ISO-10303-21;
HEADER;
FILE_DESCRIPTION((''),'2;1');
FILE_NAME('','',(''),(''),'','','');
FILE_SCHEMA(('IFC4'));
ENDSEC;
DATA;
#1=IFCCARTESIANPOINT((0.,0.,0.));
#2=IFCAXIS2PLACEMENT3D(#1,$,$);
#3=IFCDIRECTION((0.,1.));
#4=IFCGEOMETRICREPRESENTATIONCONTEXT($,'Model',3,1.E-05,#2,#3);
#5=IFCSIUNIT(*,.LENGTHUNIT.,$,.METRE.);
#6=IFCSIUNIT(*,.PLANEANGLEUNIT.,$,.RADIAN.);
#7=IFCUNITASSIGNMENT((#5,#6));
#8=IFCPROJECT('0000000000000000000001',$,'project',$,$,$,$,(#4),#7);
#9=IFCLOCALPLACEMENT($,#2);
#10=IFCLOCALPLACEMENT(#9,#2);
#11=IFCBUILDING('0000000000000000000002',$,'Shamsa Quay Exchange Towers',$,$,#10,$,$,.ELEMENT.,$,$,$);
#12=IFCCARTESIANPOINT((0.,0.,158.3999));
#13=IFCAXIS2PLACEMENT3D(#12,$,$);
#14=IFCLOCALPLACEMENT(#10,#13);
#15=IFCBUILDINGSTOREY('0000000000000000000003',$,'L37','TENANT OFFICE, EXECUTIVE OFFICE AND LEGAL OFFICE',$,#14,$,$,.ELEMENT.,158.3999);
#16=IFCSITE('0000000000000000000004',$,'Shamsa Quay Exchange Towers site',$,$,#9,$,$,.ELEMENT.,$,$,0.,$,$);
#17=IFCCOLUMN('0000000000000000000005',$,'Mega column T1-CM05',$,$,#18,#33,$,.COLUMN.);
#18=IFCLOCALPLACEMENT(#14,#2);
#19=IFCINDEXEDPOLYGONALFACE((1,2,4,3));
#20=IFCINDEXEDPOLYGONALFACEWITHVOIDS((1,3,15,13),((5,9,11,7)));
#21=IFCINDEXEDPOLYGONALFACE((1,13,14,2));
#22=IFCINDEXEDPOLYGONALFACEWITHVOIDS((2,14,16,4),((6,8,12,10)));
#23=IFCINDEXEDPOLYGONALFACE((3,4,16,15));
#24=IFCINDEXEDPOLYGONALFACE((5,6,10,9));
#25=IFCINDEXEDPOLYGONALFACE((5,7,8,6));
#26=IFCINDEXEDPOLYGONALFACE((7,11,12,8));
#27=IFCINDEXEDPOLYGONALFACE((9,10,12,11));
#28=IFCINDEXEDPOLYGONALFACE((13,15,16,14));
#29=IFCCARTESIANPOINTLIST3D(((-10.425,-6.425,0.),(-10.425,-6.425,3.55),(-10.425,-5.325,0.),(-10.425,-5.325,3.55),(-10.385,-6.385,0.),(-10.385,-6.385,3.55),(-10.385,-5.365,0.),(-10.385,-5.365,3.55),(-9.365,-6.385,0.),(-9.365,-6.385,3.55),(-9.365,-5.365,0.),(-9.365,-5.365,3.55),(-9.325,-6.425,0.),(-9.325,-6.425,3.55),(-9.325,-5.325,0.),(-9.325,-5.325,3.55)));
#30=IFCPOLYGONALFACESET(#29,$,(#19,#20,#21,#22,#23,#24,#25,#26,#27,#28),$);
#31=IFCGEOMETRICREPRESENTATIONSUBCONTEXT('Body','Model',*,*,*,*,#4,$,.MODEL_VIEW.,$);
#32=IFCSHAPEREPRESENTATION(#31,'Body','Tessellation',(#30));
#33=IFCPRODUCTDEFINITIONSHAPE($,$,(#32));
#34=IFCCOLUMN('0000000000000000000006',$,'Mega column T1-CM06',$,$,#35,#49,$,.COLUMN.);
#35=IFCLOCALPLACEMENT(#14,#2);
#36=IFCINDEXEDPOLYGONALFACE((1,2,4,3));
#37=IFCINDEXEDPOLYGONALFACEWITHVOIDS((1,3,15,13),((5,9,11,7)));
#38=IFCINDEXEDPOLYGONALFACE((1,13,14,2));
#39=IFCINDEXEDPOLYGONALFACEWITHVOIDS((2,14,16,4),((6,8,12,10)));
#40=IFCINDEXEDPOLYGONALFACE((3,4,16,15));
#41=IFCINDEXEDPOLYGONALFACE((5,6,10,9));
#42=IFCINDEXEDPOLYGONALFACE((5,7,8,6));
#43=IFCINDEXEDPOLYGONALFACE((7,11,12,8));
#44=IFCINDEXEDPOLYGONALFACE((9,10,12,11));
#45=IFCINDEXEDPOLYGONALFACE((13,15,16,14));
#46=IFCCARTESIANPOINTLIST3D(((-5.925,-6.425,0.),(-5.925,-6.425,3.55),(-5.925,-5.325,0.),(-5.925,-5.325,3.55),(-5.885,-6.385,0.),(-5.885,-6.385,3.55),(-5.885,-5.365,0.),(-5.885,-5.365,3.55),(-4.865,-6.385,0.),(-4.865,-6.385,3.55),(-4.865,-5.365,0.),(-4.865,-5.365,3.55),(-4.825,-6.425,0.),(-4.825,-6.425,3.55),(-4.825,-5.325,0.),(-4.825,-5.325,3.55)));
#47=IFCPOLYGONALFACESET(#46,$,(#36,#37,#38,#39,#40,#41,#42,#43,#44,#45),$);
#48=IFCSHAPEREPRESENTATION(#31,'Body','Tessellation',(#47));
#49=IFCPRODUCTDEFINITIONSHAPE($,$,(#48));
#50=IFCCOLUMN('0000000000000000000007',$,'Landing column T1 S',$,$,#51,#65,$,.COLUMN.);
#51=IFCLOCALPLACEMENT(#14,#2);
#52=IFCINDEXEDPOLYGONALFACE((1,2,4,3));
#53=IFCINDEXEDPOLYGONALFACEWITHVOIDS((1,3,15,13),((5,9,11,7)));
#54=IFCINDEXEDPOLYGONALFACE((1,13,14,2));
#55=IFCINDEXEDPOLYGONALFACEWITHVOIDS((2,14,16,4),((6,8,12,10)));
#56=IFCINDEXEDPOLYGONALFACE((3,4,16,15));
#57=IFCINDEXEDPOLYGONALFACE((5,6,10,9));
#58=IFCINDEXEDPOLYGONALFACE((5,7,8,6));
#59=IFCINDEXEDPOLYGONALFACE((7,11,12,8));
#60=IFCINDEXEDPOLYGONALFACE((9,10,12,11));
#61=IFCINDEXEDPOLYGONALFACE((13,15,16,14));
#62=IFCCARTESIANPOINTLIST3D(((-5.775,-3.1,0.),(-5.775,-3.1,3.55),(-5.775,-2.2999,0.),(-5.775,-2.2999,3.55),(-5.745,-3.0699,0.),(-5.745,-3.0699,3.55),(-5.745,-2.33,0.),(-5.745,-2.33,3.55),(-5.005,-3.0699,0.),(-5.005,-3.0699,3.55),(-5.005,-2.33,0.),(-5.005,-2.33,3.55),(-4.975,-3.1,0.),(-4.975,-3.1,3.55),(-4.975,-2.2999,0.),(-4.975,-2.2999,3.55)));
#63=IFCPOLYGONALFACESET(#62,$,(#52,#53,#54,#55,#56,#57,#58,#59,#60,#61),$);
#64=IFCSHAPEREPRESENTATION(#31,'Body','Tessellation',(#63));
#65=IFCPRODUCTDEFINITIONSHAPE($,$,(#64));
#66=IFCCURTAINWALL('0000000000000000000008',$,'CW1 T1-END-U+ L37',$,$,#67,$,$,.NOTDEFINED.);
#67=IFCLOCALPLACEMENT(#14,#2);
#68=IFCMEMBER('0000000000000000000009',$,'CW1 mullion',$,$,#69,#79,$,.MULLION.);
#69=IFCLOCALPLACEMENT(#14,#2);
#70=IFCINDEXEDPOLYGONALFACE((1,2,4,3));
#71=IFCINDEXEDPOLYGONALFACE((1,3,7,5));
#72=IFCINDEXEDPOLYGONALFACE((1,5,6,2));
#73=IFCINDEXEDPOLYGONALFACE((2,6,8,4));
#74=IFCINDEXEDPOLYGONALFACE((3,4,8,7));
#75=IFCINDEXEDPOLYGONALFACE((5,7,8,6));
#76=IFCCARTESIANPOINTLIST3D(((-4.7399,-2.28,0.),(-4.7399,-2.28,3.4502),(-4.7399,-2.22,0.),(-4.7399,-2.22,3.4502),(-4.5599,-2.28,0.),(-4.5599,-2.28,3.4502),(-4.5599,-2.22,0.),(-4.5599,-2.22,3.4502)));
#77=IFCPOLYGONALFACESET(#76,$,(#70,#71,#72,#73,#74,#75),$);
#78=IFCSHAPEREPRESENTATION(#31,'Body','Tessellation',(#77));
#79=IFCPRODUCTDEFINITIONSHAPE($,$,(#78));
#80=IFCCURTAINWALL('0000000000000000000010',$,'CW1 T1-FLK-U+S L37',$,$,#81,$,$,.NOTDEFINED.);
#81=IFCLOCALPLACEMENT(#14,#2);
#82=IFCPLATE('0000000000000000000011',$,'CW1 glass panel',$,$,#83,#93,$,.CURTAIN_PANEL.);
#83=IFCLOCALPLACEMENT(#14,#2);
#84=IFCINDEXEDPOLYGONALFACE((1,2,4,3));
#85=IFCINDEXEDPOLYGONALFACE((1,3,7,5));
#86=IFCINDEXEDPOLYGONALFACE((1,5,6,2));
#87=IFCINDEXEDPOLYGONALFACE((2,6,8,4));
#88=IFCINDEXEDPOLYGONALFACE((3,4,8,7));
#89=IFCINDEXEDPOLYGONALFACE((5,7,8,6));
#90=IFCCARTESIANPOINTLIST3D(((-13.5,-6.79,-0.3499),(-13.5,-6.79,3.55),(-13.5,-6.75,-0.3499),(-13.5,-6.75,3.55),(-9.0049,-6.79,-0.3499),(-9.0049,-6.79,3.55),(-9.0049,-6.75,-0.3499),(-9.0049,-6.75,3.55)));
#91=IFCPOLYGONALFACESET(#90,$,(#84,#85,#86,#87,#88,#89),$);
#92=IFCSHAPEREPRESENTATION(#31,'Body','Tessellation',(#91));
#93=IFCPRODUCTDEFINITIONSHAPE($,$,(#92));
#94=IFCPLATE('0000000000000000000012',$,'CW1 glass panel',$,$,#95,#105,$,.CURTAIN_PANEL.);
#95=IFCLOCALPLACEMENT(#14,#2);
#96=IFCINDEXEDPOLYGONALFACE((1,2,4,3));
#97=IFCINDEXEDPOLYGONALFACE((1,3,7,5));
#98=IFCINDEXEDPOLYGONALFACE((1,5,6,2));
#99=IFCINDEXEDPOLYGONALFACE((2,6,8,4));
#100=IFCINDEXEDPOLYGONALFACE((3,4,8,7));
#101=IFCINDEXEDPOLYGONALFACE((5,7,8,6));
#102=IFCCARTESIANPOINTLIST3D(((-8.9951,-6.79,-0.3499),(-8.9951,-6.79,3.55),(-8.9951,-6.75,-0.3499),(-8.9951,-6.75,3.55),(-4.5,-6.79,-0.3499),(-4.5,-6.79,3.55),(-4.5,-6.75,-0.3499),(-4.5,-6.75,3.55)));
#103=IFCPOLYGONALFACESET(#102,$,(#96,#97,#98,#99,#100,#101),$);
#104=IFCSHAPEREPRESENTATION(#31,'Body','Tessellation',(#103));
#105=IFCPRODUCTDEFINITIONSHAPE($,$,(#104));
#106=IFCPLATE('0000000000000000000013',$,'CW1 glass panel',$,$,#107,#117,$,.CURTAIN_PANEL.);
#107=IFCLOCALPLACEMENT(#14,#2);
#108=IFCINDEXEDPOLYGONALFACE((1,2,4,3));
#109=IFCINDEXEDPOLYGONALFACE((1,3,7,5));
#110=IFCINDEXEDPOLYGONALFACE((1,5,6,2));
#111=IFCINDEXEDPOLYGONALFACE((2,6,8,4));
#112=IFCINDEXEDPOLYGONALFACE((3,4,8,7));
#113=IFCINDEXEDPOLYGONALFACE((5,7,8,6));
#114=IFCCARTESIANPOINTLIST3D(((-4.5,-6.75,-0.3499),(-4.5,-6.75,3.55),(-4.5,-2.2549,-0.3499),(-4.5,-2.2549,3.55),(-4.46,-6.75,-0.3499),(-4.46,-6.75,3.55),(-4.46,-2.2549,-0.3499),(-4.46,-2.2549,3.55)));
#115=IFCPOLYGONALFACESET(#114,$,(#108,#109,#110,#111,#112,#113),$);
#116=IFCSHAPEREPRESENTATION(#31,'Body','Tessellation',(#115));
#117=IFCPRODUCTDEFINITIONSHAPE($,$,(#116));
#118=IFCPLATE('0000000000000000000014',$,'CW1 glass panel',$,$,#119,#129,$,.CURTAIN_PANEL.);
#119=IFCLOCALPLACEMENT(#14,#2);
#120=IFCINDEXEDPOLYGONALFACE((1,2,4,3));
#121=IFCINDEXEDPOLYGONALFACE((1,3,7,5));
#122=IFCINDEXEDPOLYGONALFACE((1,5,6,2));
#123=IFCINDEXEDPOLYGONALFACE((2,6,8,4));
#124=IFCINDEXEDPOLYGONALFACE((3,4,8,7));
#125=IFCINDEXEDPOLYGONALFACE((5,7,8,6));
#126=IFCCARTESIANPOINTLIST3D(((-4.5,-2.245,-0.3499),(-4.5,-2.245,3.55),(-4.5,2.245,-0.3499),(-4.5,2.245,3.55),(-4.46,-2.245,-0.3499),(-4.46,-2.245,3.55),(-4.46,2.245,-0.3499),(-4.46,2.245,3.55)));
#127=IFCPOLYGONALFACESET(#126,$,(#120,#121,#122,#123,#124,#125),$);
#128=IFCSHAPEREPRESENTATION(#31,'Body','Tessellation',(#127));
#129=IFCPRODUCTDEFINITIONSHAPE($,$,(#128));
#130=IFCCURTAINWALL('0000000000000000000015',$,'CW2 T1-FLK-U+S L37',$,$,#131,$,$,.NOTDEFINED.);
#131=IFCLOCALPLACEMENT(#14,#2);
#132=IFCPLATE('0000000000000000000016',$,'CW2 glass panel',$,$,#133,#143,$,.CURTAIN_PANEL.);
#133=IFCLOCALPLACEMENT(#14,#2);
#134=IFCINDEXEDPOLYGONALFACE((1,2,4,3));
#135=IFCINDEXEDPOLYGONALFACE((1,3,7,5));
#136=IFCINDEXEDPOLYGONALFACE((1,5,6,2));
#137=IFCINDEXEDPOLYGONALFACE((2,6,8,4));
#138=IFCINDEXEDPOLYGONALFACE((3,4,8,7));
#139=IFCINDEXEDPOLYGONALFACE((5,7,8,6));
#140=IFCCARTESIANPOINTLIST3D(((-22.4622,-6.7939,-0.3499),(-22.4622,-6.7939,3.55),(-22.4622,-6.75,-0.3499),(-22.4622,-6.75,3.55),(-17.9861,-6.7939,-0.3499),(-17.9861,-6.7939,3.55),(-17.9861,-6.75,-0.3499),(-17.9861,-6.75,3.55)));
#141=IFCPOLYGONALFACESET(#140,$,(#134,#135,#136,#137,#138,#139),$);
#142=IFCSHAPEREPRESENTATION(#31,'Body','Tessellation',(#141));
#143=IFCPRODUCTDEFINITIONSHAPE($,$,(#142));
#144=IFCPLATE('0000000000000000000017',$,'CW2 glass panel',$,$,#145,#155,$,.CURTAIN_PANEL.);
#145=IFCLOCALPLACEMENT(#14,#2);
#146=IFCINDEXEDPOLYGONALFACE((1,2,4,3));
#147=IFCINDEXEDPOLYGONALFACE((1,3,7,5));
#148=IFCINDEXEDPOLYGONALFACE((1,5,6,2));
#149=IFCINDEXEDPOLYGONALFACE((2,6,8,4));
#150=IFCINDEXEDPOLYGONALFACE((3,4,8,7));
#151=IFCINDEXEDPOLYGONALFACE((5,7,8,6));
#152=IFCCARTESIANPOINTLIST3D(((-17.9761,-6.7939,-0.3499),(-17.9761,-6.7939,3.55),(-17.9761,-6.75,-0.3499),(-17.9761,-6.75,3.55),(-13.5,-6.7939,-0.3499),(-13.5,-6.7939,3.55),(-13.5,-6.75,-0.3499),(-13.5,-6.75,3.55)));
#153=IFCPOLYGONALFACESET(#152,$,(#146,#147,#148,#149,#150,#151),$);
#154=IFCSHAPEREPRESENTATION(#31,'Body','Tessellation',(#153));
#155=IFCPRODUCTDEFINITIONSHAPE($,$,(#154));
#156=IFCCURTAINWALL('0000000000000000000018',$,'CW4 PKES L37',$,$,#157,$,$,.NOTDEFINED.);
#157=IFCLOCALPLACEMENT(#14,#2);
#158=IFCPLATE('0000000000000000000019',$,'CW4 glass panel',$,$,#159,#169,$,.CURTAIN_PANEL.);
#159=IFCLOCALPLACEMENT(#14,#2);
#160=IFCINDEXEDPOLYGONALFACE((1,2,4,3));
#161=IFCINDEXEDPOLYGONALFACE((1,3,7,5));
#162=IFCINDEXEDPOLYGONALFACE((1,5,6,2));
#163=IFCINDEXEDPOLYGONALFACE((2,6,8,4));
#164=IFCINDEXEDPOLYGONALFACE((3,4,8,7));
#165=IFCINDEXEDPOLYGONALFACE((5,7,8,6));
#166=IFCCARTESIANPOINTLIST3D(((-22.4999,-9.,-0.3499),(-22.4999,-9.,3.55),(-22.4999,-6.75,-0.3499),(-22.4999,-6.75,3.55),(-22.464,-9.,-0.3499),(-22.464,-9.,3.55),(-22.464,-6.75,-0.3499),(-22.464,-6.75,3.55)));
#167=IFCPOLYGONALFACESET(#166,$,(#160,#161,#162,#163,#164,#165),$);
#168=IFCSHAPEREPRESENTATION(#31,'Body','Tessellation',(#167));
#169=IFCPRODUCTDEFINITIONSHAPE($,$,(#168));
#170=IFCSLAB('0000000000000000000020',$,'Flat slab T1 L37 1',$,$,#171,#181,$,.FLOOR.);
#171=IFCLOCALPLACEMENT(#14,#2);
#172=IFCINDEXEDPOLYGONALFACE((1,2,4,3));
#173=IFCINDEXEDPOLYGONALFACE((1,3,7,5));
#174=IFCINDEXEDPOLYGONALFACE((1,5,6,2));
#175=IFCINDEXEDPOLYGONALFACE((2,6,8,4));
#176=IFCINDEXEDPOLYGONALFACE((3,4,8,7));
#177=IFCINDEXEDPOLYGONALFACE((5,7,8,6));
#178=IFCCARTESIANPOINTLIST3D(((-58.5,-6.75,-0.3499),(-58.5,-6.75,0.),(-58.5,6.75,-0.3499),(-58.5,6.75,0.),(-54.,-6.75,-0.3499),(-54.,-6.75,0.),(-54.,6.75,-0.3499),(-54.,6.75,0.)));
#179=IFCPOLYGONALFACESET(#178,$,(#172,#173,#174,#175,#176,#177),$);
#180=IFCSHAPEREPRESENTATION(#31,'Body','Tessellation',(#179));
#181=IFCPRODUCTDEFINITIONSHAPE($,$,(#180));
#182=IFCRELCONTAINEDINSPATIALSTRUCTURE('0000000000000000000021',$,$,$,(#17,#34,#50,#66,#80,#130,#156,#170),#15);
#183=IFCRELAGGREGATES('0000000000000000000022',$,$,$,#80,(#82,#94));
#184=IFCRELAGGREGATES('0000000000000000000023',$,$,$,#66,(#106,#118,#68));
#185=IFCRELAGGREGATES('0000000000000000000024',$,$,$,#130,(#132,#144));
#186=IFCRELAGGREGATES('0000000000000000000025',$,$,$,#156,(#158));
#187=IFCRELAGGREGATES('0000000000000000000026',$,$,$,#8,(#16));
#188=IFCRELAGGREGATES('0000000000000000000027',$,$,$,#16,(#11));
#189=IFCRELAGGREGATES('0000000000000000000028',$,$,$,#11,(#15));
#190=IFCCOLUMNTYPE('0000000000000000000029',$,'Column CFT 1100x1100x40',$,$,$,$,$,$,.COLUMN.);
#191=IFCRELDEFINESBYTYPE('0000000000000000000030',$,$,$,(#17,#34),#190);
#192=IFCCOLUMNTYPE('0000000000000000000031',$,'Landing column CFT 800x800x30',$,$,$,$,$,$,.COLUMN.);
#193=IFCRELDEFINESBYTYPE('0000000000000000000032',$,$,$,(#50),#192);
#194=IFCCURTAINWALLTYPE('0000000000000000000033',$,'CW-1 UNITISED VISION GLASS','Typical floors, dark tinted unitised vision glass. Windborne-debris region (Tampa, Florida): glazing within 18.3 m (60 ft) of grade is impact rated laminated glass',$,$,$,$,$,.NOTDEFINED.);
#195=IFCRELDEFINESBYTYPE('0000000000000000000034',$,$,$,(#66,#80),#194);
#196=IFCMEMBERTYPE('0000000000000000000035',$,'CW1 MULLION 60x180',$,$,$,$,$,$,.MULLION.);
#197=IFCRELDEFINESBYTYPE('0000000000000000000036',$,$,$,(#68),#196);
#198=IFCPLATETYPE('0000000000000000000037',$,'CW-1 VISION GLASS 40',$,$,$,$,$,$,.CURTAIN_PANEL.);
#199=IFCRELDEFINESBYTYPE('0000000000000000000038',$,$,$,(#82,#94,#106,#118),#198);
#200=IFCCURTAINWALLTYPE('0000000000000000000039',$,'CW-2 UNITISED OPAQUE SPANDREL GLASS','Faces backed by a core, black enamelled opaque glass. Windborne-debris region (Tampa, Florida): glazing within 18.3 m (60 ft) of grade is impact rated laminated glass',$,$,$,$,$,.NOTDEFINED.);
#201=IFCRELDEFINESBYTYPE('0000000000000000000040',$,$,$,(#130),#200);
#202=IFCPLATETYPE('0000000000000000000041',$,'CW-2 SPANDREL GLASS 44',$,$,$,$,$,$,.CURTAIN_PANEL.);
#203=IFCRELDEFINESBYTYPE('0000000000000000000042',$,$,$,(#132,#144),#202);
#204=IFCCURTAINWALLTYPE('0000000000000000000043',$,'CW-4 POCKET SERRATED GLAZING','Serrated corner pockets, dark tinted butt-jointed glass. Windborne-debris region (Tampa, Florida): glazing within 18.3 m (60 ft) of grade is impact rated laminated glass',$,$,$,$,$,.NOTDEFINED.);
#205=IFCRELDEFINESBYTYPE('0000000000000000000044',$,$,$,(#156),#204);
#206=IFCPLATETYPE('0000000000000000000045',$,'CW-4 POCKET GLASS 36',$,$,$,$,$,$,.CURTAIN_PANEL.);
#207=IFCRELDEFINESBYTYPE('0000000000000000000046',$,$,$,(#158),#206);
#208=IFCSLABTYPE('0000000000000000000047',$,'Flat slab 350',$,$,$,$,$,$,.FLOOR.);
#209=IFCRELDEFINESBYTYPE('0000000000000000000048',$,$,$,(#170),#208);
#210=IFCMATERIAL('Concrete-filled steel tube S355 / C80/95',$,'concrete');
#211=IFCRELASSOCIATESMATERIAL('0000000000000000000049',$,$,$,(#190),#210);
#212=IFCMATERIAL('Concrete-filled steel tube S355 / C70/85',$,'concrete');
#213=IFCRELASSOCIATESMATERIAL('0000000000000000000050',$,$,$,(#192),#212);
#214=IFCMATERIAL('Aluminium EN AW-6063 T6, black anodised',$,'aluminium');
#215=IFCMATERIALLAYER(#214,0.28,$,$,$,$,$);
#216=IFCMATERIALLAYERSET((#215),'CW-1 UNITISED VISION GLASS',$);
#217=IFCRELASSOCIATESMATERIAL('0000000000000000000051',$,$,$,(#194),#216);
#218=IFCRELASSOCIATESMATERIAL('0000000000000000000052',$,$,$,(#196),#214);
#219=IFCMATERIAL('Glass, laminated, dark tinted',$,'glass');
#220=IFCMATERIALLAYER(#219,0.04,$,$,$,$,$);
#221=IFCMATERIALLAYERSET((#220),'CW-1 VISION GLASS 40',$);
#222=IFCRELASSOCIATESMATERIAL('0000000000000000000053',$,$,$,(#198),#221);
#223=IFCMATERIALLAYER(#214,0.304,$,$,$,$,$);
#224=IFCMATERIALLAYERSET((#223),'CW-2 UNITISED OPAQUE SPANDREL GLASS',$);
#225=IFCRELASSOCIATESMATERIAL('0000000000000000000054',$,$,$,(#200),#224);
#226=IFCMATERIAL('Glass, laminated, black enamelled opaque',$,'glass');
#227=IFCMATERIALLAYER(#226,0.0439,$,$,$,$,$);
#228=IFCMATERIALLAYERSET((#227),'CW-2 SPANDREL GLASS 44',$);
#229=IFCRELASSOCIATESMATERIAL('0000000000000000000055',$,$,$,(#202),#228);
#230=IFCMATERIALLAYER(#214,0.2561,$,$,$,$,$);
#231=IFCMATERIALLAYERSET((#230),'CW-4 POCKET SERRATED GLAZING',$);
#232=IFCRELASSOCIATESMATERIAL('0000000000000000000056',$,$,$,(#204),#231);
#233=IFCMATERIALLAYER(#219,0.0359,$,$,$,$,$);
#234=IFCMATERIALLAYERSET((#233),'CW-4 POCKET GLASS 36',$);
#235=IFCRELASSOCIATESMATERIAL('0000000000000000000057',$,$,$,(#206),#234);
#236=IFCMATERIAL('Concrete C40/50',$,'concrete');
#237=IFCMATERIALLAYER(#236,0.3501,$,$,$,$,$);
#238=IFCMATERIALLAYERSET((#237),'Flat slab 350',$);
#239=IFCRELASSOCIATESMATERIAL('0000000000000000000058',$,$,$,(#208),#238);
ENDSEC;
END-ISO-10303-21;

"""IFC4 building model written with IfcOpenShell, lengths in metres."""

from ifc_helpers import new_model, si_unit, direction, frame, origin, origin_2d, place, context, subcontext, project, spatial, polyline, rectangle, hollow_rectangle, outline, extrude, material, layer, layer_set, material_profile, profile_set, type_object, element, aggregate, save


model = new_model("IFC4")

# Units and contexts
model_context = context("Model", 3, precision=1e-05, world=origin(), true_north=direction((0.0, 1.0)))
body_context = subcontext(model_context, "Body", "Model", "MODEL_VIEW")
ifc_project = project(units=[si_unit("LENGTHUNIT", "METRE"), si_unit("PLANEANGLEUNIT", "RADIAN")], contexts=[model_context])

# Site, building, storey
site_placement = place(None, origin())
site = spatial("IfcSite", under=ifc_project, at=site_placement, Name="Shamsa Quay Exchange Towers site", CompositionType="ELEMENT", RefElevation=0.0)
building_placement = place(site_placement, origin())
building = spatial("IfcBuilding", under=site, at=building_placement, Name="Shamsa Quay Exchange Towers", CompositionType="ELEMENT")
storey_placement = place(building_placement, frame((0.0, 0.0, 158.3999)))
storey = spatial("IfcBuildingStorey", under=building, at=storey_placement, Name="L37", Description="TENANT OFFICE, EXECUTIVE OFFICE AND LEGAL OFFICE", CompositionType="ELEMENT", Elevation=158.3999)

# Columns
ifc_material_1 = material(Name="Concrete-filled steel tube S355 / C80/95", Category="concrete")
ifc_material_profile_1 = material_profile(ifc_material_1, hollow_rectangle(XDim=1.1001, YDim=1.1001, WallThickness=0.04, at=origin_2d()), Name="CFT 1100x1100x40")
ifc_profile_set_1 = profile_set([ifc_material_profile_1], Name="Concrete-filled steel tube S355 / C80/95")
column_type_1 = type_object("IfcColumnType", Name="Column CFT 1100x1100x40", PredefinedType="COLUMN", material=ifc_profile_set_1)
for number, where, name in (
    (1, (-9.875, -5.875, 0.0), "Mega column T1-CM05"),
    (2, (-5.375, -5.875, 0.0), "Mega column T1-CM06"),
):
    element("IfcColumn", number, at=place(storey_placement, frame(where)), inside=storey, type_object=column_type_1, Name=name, PredefinedType="COLUMN", context=body_context, shape_type="SweptSolid", body=[
        extrude(hollow_rectangle(XDim=1.1001, YDim=1.1001, WallThickness=0.04, at=origin_2d()), origin(), (0.0, 0.0, 1.0), 3.55),
    ])
ifc_material_2 = material(Name="Concrete-filled steel tube S355 / C70/85", Category="concrete")
ifc_material_profile_2 = material_profile(ifc_material_2, hollow_rectangle(XDim=0.8, YDim=0.8, WallThickness=0.03, at=origin_2d()), Name="CFT 800x800x30")
ifc_profile_set_2 = profile_set([ifc_material_profile_2], Name="Concrete-filled steel tube S355 / C70/85")
column_type_2 = type_object("IfcColumnType", Name="Landing column CFT 800x800x30", PredefinedType="COLUMN", material=ifc_profile_set_2)
column_placement = place(storey_placement, frame((-5.375, -2.7, 0.0)))
element("IfcColumn", 3, at=column_placement, inside=storey, type_object=column_type_2, Name="Landing column T1 S", PredefinedType="COLUMN", context=body_context, shape_type="SweptSolid", body=[
    extrude(hollow_rectangle(XDim=0.8, YDim=0.8, WallThickness=0.03, at=origin_2d()), origin(), (0.0, 0.0, 1.0), 3.55),
])

# Curtain wall, member
ifc_material_3 = material(Name="Aluminium EN AW-6063 T6, black anodised", Category="aluminium")
ifc_layer_1 = layer(ifc_material_3, 0.28)
ifc_layer_set_1 = layer_set([ifc_layer_1], Name="CW-1 UNITISED VISION GLASS")
curtain_wall_type_1 = type_object("IfcCurtainWallType", Name="CW-1 UNITISED VISION GLASS", Description="Typical floors, dark tinted unitised vision glass. Windborne-debris region (Tampa, Florida): glazing within 18.3 m (60 ft) of grade is impact rated laminated glass", PredefinedType="NOTDEFINED", material=ifc_layer_set_1)
curtain_wall_1_placement = place(storey_placement, origin())
curtain_wall_1 = element("IfcCurtainWall", 4, at=curtain_wall_1_placement, inside=storey, type_object=curtain_wall_type_1, Name="CW1 T1-END-U+ L37", PredefinedType="NOTDEFINED")
ifc_material_profile_3 = material_profile(ifc_material_3, rectangle(XDim=0.1799, YDim=0.0601, at=origin_2d()), Name="MU60x180")
ifc_profile_set_3 = profile_set([ifc_material_profile_3], Name="Aluminium EN AW-6063 T6, black anodised")
member_type = type_object("IfcMemberType", Name="CW1 MULLION 60x180", PredefinedType="MULLION", material=ifc_profile_set_3)
member_placement = place(storey_placement, frame((-4.6499, -2.25, 0.0), z_axis=(0.0, 0.0, 1.0), x_axis=(-1.0, 0.0, 0.0)))
member = element("IfcMember", 5, at=member_placement, type_object=member_type, Name="CW1 mullion", PredefinedType="MULLION", context=body_context, shape_type="SweptSolid", body=[
    extrude(rectangle(XDim=0.1799, YDim=0.0601, at=origin_2d()), origin(), (0.0, 0.0, 1.0), 3.4502),
])

# Curtain wall, plates
curtain_wall_2_placement = place(storey_placement, origin())
curtain_wall_2 = element("IfcCurtainWall", 6, at=curtain_wall_2_placement, inside=storey, type_object=curtain_wall_type_1, Name="CW1 T1-FLK-U+S L37", PredefinedType="NOTDEFINED")
ifc_material_4 = material(Name="Glass, laminated, dark tinted", Category="glass")
ifc_layer_2 = layer(ifc_material_4, 0.04)
ifc_layer_set_2 = layer_set([ifc_layer_2], Name="CW-1 VISION GLASS 40")
plate_type_1 = type_object("IfcPlateType", Name="CW-1 VISION GLASS 40", PredefinedType="CURTAIN_PANEL", material=ifc_layer_set_2)
plate_1_placement = place(storey_placement, frame((-11.2524, -6.77, -0.3499)))
plate_1 = element("IfcPlate", 7, at=plate_1_placement, type_object=plate_type_1, Name="CW1 glass panel", PredefinedType="CURTAIN_PANEL", context=body_context, shape_type="SweptSolid", body=[
    extrude(rectangle(XDim=4.4951, YDim=0.04, at=origin_2d()), origin(), (0.0, 0.0, 1.0), 3.8999),
])
plate_2_placement = place(storey_placement, frame((-6.7476, -6.77, -0.3499)))
plate_2 = element("IfcPlate", 8, at=plate_2_placement, type_object=plate_type_1, Name="CW1 glass panel", PredefinedType="CURTAIN_PANEL", context=body_context, shape_type="SweptSolid", body=[
    extrude(rectangle(XDim=4.4951, YDim=0.04, at=origin_2d()), origin(), (0.0, 0.0, 1.0), 3.8999),
])
aggregate(curtain_wall_2, [plate_1, plate_2])

# Plates
plate_3_placement = place(storey_placement, frame((-4.48, -4.5024, -0.3499), z_axis=(0.0, 0.0, 1.0), x_axis=(0.0, 1.0, 0.0)))
plate_3 = element("IfcPlate", 9, at=plate_3_placement, type_object=plate_type_1, Name="CW1 glass panel", PredefinedType="CURTAIN_PANEL", context=body_context, shape_type="SweptSolid", body=[
    extrude(rectangle(XDim=4.4951, YDim=0.04, at=origin_2d()), origin(), (0.0, 0.0, 1.0), 3.8999),
])
plate_4_placement = place(storey_placement, frame((-4.48, 0.0, -0.3499), z_axis=(0.0, 0.0, 1.0), x_axis=(0.0, 1.0, 0.0)))
plate_4 = element("IfcPlate", 10, at=plate_4_placement, type_object=plate_type_1, Name="CW1 glass panel", PredefinedType="CURTAIN_PANEL", context=body_context, shape_type="SweptSolid", body=[
    extrude(rectangle(XDim=4.49, YDim=0.04, at=origin_2d()), origin(), (0.0, 0.0, 1.0), 3.8999),
])
aggregate(curtain_wall_1, [plate_3, plate_4, member])

# Curtain wall, plates
ifc_layer_3 = layer(ifc_material_3, 0.304)
ifc_layer_set_3 = layer_set([ifc_layer_3], Name="CW-2 UNITISED OPAQUE SPANDREL GLASS")
curtain_wall_type_2 = type_object("IfcCurtainWallType", Name="CW-2 UNITISED OPAQUE SPANDREL GLASS", Description="Faces backed by a core, black enamelled opaque glass. Windborne-debris region (Tampa, Florida): glazing within 18.3 m (60 ft) of grade is impact rated laminated glass", PredefinedType="NOTDEFINED", material=ifc_layer_set_3)
curtain_wall_3_placement = place(storey_placement, origin())
curtain_wall_3 = element("IfcCurtainWall", 11, at=curtain_wall_3_placement, inside=storey, type_object=curtain_wall_type_2, Name="CW2 T1-FLK-U+S L37", PredefinedType="NOTDEFINED")
ifc_material_5 = material(Name="Glass, laminated, black enamelled opaque", Category="glass")
ifc_layer_4 = layer(ifc_material_5, 0.0439)
ifc_layer_set_4 = layer_set([ifc_layer_4], Name="CW-2 SPANDREL GLASS 44")
plate_type_2 = type_object("IfcPlateType", Name="CW-2 SPANDREL GLASS 44", PredefinedType="CURTAIN_PANEL", material=ifc_layer_set_4)
plate_5_placement = place(storey_placement, frame((-20.2241, -6.772, -0.3499)))
plate_5 = element("IfcPlate", 12, at=plate_5_placement, type_object=plate_type_2, Name="CW2 glass panel", PredefinedType="CURTAIN_PANEL", context=body_context, shape_type="SweptSolid", body=[
    extrude(rectangle(XDim=4.4761, YDim=0.0439, at=origin_2d()), origin(), (0.0, 0.0, 1.0), 3.8999),
])
plate_6_placement = place(storey_placement, frame((-15.738, -6.772, -0.3499)))
plate_6 = element("IfcPlate", 13, at=plate_6_placement, type_object=plate_type_2, Name="CW2 glass panel", PredefinedType="CURTAIN_PANEL", context=body_context, shape_type="SweptSolid", body=[
    extrude(rectangle(XDim=4.4761, YDim=0.0439, at=origin_2d()), origin(), (0.0, 0.0, 1.0), 3.8999),
])
aggregate(curtain_wall_3, [plate_5, plate_6])

# Curtain wall, plate
ifc_layer_5 = layer(ifc_material_3, 0.2561)
ifc_layer_set_5 = layer_set([ifc_layer_5], Name="CW-4 POCKET SERRATED GLAZING")
curtain_wall_type_3 = type_object("IfcCurtainWallType", Name="CW-4 POCKET SERRATED GLAZING", Description="Serrated corner pockets, dark tinted butt-jointed glass. Windborne-debris region (Tampa, Florida): glazing within 18.3 m (60 ft) of grade is impact rated laminated glass", PredefinedType="NOTDEFINED", material=ifc_layer_set_5)
curtain_wall_4_placement = place(storey_placement, origin())
curtain_wall_4 = element("IfcCurtainWall", 14, at=curtain_wall_4_placement, inside=storey, type_object=curtain_wall_type_3, Name="CW4 PKES L37", PredefinedType="NOTDEFINED")
ifc_layer_6 = layer(ifc_material_4, 0.0359)
ifc_layer_set_6 = layer_set([ifc_layer_6], Name="CW-4 POCKET GLASS 36")
plate_type_3 = type_object("IfcPlateType", Name="CW-4 POCKET GLASS 36", PredefinedType="CURTAIN_PANEL", material=ifc_layer_set_6)
plate_7_placement = place(storey_placement, frame((-22.4819, -7.875, -0.3499), z_axis=(0.0, 0.0, 1.0), x_axis=(0.0, 1.0, 0.0)))
plate_7 = element("IfcPlate", 15, at=plate_7_placement, type_object=plate_type_3, Name="CW4 glass panel", PredefinedType="CURTAIN_PANEL", context=body_context, shape_type="SweptSolid", body=[
    extrude(rectangle(XDim=2.25, YDim=0.0359, at=origin_2d()), origin(), (0.0, 0.0, 1.0), 3.8999),
])
aggregate(curtain_wall_4, [plate_7])

# Slab
ifc_material_6 = material(Name="Concrete C40/50", Category="concrete")
ifc_layer_7 = layer(ifc_material_6, 0.3501)
ifc_layer_set_7 = layer_set([ifc_layer_7], Name="Flat slab 350")
slab_type = type_object("IfcSlabType", Name="Flat slab 350", PredefinedType="FLOOR", material=ifc_layer_set_7)
slab_placement = place(storey_placement, frame((0.0, 0.0, -0.3499)))
element("IfcSlab", 16, at=slab_placement, inside=storey, type_object=slab_type, Name="Flat slab T1 L37 1", PredefinedType="FLOOR", context=body_context, shape_type="SweptSolid", body=[
    extrude(outline(polyline([(-58.5, -6.75), (-54.0, -6.75), (-54.0, 6.75), (-58.5, 6.75), (-58.5, -6.75)])), origin(), (0.0, 0.0, 1.0), 0.3499),
])

save(model, "model.ifc")
